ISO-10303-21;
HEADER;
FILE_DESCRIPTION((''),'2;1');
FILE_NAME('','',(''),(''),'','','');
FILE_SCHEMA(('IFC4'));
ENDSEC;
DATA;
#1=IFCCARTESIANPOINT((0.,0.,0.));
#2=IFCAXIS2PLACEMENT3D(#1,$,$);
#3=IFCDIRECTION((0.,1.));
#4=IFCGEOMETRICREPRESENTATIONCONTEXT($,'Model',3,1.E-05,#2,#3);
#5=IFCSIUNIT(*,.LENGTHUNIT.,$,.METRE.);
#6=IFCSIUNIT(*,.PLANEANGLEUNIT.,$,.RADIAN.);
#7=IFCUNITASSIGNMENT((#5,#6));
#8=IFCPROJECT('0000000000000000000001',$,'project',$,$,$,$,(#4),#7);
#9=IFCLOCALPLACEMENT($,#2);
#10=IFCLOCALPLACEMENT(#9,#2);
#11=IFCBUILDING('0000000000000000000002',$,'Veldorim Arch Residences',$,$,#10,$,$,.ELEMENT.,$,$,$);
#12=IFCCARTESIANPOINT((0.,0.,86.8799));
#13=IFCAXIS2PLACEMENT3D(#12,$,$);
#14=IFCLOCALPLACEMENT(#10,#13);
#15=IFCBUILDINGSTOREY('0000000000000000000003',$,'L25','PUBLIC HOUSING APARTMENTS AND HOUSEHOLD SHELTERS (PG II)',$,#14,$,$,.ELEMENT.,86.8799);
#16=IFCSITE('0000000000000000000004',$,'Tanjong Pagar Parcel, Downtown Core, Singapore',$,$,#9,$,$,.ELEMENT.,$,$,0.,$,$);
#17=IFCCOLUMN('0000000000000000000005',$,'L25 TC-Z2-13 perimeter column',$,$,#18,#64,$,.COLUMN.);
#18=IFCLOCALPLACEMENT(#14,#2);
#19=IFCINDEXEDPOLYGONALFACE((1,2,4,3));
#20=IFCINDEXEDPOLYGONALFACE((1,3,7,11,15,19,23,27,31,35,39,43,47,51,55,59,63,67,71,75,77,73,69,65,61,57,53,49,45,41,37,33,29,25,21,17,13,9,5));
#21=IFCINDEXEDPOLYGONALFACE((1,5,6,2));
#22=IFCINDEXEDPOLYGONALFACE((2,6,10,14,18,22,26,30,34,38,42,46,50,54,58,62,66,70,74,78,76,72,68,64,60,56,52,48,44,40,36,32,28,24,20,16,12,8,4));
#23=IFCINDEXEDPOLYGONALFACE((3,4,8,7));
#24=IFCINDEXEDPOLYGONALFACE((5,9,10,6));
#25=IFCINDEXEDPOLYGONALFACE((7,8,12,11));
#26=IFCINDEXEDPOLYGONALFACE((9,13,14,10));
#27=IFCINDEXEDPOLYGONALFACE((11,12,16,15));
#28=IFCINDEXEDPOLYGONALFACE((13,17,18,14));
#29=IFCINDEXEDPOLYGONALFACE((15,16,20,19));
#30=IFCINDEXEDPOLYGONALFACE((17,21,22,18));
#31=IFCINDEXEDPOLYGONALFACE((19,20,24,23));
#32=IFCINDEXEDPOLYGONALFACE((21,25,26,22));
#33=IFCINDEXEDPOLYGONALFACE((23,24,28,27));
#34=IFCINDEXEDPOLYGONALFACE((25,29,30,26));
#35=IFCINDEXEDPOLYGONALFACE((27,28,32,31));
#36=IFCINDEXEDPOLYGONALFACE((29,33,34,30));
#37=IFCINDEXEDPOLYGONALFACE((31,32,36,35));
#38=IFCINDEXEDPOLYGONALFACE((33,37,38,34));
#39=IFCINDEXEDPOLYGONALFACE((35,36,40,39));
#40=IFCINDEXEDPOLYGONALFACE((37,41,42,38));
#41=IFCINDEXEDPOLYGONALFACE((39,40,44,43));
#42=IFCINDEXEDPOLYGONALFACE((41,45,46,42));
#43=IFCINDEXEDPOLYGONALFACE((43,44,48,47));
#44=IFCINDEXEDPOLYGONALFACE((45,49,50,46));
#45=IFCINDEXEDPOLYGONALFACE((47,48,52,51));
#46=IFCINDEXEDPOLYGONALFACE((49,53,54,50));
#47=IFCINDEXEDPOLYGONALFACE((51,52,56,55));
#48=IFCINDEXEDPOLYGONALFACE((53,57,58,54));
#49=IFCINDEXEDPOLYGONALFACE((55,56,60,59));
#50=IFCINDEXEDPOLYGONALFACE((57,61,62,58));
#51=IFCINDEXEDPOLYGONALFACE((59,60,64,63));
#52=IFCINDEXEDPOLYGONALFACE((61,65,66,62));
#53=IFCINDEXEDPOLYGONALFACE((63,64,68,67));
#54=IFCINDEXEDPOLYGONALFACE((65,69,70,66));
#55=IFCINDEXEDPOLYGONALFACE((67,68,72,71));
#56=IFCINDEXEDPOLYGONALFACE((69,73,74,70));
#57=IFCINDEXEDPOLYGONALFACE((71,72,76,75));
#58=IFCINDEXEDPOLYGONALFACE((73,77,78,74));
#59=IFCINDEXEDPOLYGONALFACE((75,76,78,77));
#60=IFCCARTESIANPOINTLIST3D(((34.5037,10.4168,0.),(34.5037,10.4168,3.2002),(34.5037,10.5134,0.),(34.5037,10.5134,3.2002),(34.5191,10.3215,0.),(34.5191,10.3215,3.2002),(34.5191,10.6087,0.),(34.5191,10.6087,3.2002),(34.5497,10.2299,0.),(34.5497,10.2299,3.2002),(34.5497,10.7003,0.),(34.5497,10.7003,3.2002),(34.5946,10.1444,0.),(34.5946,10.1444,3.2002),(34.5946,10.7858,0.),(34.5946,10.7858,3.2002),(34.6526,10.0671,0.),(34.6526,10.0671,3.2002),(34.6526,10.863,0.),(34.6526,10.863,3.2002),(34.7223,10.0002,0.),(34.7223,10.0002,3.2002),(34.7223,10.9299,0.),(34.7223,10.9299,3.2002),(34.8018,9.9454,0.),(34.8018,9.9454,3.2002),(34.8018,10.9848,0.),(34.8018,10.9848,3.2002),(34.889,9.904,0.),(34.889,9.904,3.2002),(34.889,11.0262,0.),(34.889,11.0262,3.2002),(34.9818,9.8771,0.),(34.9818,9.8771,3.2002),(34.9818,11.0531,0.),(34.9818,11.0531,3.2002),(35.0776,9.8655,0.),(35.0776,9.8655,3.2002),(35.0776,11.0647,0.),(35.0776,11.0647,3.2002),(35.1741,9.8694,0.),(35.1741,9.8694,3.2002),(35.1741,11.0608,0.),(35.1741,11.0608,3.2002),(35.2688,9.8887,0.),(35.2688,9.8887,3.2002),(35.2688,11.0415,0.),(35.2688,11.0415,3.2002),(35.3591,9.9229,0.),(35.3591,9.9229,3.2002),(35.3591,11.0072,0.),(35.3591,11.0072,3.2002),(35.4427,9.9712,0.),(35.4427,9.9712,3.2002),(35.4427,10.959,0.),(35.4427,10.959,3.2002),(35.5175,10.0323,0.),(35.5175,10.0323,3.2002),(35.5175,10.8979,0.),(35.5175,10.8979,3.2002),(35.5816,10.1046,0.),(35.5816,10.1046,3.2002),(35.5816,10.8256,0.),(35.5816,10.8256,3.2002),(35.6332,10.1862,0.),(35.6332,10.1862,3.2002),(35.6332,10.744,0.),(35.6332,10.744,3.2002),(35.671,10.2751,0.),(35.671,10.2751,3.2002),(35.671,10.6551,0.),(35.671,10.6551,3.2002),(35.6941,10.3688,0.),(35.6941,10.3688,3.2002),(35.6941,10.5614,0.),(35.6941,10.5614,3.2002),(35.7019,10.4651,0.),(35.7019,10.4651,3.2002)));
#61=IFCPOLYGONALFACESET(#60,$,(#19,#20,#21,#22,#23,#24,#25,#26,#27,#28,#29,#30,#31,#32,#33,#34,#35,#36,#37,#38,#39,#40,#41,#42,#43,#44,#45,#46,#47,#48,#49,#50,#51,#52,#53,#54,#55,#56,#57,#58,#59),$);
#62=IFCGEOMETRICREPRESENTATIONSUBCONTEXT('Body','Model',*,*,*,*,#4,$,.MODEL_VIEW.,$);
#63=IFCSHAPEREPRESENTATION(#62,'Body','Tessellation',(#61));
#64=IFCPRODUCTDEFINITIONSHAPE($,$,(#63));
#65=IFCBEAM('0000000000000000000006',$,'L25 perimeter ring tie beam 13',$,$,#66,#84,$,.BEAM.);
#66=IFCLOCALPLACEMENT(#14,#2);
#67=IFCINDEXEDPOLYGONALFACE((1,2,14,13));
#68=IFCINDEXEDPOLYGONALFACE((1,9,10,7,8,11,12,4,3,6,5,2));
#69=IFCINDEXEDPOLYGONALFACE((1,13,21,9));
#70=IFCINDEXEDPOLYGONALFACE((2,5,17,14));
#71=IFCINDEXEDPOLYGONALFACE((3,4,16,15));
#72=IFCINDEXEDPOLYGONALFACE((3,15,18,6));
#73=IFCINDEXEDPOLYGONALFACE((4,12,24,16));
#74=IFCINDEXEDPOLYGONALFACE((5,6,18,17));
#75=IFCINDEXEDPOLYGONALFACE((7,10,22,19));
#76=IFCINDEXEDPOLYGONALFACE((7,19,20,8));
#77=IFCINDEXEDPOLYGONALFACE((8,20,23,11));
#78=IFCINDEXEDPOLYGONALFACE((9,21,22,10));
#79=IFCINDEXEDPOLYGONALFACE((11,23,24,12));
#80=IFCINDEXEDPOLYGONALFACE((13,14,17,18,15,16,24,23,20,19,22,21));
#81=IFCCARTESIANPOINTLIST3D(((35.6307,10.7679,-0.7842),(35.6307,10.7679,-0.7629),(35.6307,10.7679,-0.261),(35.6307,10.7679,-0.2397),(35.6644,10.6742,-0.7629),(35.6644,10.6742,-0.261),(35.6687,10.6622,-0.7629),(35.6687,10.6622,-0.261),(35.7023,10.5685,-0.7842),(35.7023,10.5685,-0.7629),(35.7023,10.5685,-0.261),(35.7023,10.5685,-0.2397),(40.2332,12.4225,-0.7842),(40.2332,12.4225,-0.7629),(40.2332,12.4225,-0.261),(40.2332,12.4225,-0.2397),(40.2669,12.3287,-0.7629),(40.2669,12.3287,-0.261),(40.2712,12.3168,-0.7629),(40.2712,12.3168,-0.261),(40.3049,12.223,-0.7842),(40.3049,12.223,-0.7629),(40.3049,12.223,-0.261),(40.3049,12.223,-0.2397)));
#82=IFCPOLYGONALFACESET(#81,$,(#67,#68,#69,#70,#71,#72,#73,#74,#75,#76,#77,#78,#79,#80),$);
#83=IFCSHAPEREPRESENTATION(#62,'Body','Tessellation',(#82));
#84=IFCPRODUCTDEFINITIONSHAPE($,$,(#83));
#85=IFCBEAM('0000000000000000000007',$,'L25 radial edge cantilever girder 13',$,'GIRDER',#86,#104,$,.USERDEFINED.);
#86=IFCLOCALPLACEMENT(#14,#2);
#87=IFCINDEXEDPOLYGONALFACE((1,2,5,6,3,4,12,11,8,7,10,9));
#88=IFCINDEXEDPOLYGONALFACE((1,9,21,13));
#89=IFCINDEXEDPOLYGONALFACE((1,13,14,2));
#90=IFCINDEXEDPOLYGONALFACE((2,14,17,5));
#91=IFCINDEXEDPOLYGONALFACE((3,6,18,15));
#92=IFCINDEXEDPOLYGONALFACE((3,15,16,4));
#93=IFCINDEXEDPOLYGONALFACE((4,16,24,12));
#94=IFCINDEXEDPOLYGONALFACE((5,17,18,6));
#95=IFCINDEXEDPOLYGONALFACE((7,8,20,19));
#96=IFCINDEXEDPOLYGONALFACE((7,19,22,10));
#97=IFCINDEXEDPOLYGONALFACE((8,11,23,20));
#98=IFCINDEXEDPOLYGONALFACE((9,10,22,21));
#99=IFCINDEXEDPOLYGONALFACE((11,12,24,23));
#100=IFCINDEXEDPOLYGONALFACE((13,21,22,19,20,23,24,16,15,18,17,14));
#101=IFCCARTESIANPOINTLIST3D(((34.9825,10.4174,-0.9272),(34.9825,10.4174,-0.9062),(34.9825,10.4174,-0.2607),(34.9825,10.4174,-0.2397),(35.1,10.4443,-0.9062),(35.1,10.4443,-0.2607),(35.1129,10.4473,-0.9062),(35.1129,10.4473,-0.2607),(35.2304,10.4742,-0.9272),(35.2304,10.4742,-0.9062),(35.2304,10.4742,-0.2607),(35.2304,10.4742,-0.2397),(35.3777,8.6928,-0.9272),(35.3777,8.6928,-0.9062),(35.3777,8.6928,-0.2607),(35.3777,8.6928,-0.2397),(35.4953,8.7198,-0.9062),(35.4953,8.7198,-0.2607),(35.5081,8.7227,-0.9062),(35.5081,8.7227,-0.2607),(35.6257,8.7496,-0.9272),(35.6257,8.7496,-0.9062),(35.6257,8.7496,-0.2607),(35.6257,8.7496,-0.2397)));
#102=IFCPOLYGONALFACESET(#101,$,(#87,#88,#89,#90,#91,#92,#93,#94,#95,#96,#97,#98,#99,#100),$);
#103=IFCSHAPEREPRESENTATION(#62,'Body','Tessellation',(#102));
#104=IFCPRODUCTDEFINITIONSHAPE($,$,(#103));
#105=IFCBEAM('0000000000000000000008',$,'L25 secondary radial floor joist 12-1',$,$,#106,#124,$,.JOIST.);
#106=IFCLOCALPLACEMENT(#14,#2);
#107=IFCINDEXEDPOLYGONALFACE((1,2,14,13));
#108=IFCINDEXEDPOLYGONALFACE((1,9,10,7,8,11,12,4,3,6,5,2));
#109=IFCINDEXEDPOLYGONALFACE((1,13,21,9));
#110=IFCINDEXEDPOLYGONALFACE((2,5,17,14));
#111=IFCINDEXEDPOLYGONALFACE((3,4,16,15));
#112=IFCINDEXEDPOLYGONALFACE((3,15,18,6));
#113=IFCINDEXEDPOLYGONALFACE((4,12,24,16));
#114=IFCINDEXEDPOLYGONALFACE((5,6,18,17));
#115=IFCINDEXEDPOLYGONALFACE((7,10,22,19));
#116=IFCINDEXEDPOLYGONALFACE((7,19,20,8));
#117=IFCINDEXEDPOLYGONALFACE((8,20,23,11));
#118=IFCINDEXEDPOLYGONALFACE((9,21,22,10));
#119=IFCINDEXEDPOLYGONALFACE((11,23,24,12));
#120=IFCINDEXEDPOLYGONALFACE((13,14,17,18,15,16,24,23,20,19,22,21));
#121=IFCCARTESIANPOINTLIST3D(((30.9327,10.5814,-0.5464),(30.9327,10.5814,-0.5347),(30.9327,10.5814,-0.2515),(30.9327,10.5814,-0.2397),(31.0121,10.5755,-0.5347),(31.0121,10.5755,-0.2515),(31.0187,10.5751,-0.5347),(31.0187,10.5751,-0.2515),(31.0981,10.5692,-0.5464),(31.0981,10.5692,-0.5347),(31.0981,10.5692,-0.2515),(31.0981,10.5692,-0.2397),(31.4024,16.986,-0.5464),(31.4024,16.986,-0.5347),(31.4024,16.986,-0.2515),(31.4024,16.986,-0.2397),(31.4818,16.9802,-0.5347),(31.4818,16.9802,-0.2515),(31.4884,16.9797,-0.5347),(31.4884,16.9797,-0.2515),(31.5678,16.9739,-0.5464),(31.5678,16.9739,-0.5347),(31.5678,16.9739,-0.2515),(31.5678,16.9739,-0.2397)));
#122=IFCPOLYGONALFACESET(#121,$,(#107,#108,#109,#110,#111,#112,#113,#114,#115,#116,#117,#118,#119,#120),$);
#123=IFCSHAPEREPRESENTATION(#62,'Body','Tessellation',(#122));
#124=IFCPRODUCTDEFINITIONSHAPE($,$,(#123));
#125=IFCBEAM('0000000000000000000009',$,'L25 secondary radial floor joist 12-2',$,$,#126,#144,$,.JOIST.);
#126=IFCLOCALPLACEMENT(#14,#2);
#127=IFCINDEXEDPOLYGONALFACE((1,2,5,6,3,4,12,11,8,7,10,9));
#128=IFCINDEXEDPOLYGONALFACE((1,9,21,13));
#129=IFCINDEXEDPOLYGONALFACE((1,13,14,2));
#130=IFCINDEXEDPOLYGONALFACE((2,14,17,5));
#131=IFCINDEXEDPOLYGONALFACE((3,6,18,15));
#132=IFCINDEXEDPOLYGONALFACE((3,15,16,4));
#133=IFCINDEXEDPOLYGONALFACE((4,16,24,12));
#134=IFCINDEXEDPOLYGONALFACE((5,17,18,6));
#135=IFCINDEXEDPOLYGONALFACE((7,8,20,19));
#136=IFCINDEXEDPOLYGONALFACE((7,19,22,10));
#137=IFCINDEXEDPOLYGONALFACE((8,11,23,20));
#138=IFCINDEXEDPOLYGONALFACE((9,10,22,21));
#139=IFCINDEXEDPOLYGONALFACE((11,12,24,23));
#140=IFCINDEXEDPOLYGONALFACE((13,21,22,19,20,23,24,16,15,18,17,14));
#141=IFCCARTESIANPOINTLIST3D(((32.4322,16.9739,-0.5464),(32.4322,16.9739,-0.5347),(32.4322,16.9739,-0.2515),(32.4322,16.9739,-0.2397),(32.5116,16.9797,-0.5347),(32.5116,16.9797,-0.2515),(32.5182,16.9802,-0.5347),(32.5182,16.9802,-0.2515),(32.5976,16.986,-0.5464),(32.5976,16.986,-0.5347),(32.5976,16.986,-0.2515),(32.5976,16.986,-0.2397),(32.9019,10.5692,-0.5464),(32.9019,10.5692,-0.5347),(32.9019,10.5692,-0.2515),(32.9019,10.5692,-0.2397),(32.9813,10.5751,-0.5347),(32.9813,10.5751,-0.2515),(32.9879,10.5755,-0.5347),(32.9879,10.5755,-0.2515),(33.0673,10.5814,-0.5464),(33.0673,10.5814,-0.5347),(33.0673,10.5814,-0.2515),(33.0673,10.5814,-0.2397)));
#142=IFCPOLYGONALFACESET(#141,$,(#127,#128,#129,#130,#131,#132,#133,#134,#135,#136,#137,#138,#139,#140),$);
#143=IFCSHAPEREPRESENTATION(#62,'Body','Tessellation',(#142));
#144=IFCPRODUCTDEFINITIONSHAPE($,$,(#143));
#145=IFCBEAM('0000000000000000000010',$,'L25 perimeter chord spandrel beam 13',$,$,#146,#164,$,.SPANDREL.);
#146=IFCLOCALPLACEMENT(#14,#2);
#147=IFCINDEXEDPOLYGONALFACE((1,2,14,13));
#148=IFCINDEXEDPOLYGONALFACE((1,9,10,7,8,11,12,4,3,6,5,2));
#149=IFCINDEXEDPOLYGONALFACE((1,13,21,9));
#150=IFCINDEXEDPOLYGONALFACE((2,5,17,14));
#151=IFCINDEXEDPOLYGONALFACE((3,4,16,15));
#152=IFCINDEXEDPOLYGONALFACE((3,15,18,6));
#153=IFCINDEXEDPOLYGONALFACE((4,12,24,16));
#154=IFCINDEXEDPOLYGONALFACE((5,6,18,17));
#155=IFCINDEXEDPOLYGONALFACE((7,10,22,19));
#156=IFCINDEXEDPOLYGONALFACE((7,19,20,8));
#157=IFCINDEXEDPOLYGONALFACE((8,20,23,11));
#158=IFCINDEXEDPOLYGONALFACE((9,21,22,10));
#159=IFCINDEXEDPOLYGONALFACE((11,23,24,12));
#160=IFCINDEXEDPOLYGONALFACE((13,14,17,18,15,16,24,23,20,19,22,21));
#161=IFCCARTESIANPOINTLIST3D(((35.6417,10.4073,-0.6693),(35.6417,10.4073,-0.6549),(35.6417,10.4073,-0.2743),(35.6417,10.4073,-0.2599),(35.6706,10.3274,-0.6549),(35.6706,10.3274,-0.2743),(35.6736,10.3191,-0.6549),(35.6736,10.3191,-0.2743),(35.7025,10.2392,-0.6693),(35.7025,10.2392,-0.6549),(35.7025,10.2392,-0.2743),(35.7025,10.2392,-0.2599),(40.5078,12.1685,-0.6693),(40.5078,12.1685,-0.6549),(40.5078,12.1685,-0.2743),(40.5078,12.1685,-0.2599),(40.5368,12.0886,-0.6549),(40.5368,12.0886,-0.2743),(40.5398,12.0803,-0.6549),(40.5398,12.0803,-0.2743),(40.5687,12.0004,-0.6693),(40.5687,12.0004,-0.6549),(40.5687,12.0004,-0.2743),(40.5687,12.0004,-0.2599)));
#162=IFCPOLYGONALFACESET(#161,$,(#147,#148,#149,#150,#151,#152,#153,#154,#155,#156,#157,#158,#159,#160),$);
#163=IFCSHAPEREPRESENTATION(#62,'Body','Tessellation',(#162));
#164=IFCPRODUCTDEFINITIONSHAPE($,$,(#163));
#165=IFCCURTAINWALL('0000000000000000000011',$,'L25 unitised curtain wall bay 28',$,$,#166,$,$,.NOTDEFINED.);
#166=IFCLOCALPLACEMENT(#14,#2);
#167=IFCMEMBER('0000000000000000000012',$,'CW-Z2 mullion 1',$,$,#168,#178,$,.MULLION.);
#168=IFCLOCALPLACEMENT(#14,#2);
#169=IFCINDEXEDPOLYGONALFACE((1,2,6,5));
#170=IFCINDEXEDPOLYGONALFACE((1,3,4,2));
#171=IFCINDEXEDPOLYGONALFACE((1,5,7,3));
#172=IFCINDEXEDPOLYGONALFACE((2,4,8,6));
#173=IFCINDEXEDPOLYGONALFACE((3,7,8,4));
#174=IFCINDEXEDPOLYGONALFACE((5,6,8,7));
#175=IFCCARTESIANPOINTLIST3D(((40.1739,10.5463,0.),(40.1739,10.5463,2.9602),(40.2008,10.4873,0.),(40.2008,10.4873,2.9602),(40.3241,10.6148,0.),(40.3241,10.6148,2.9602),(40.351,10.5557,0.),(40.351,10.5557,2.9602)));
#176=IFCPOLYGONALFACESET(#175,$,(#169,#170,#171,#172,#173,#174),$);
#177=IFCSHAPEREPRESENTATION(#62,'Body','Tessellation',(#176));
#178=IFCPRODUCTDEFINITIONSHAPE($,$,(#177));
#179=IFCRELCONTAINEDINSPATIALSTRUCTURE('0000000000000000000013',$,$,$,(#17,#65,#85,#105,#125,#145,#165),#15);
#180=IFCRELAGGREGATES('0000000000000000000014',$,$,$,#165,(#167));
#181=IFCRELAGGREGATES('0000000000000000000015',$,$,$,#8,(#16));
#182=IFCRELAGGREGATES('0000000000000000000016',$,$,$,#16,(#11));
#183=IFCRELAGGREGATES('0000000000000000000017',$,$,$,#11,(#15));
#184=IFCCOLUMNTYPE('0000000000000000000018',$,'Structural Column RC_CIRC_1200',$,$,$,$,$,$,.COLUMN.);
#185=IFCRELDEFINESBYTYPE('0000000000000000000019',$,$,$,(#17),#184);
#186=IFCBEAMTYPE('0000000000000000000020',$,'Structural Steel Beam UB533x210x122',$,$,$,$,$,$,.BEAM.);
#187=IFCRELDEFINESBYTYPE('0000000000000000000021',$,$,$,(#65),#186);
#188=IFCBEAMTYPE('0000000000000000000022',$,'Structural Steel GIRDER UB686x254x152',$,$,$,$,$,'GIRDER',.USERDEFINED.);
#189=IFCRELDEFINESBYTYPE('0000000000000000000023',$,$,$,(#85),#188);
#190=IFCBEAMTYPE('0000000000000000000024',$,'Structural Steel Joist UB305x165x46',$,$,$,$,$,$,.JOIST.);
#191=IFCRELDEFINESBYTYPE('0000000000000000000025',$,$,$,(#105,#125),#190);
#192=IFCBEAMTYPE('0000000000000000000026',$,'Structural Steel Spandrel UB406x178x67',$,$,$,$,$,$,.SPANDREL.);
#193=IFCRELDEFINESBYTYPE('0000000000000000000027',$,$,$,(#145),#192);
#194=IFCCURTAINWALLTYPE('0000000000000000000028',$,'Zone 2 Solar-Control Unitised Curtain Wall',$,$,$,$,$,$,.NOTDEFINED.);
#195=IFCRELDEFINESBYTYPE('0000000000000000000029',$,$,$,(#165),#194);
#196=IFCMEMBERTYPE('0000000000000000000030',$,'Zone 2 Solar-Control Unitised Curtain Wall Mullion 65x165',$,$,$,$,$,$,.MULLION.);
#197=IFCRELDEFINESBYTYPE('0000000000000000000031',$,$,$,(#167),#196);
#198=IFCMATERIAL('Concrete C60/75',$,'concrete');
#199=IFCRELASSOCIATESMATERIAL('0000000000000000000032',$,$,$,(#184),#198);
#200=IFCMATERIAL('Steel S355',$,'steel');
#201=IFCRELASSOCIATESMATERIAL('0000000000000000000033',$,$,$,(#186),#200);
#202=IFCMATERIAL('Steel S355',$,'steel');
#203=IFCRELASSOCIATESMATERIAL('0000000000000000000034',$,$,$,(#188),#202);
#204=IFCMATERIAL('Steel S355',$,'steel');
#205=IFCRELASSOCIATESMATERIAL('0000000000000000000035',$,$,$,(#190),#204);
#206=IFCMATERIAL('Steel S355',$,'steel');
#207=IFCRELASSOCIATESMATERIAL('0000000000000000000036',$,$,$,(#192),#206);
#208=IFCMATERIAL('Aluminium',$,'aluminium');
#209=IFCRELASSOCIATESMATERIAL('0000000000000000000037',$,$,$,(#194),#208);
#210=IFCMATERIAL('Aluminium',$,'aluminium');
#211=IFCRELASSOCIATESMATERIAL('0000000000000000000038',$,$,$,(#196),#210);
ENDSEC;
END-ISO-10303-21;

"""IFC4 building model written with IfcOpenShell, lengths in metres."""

from ifc_helpers import new_model, si_unit, direction, frame, origin, origin_2d, place, context, subcontext, project, spatial, rectangle, circle, i_section, extrude, material, material_profile, profile_set, type_object, element, aggregate, save


model = new_model("IFC4")

# Units and contexts
model_context = context("Model", 3, precision=1e-05, world=origin(), true_north=direction((0.0, 1.0)))
body_context = subcontext(model_context, "Body", "Model", "MODEL_VIEW")
ifc_project = project(units=[si_unit("LENGTHUNIT", "METRE"), si_unit("PLANEANGLEUNIT", "RADIAN")], contexts=[model_context])

# Site, building, storey
site_placement = place(None, origin())
site = spatial("IfcSite", under=ifc_project, at=site_placement, Name="Tanjong Pagar Parcel, Downtown Core, Singapore", CompositionType="ELEMENT", RefElevation=0.0)
building_placement = place(site_placement, origin())
building = spatial("IfcBuilding", under=site, at=building_placement, Name="Veldorim Arch Residences", CompositionType="ELEMENT")
storey_placement = place(building_placement, frame((0.0, 0.0, 86.8799)))
storey = spatial("IfcBuildingStorey", under=building, at=storey_placement, Name="L25", Description="PUBLIC HOUSING APARTMENTS AND HOUSEHOLD SHELTERS (PG II)", CompositionType="ELEMENT", Elevation=86.8799)

# Column
ifc_material_1 = material(Name="Concrete C60/75", Category="concrete")
ifc_material_profile_1 = material_profile(ifc_material_1, circle(Radius=0.6001, at=origin_2d()), Name="RC_CIRC_1200")
ifc_profile_set_1 = profile_set([ifc_material_profile_1], Name="Concrete C60/75")
column_type = type_object("IfcColumnType", Name="Structural Column RC_CIRC_1200", PredefinedType="COLUMN", material=ifc_profile_set_1)
column_placement = place(storey_placement, frame((35.1018, 10.4651, 0.0), z_axis=(0.0, 0.0, 1.0), x_axis=(1.0, 0.0, 0.0)))
element("IfcColumn", 1, at=column_placement, inside=storey, type_object=column_type, Name="L25 TC-Z2-13 perimeter column", PredefinedType="COLUMN", context=body_context, shape_type="SweptSolid", body=[
    extrude(circle(Radius=0.6001, at=origin_2d()), origin(), (0.0, 0.0, 1.0), 3.2002),
])

# Beams
ifc_material_2 = material(Name="Steel S355", Category="steel")
ifc_material_profile_2 = material_profile(ifc_material_2, i_section(OverallWidth=0.2119, OverallDepth=0.5444, WebThickness=0.0127, FlangeThickness=0.0212, at=origin_2d()), Name="UB533x210x122")
ifc_profile_set_2 = profile_set([ifc_material_profile_2], Name="Steel S355")
beam_type_1 = type_object("IfcBeamType", Name="Structural Steel Beam UB533x210x122", PredefinedType="BEAM", material=ifc_profile_set_2)
beam_1_placement = place(storey_placement, frame((35.6665, 10.6682, -0.512), z_axis=(0.941042, 0.33829, 0.0), x_axis=(-0.33829, 0.941042, 0.0)))
element("IfcBeam", 2, at=beam_1_placement, inside=storey, type_object=beam_type_1, Name="L25 perimeter ring tie beam 13", PredefinedType="BEAM", context=body_context, shape_type="SweptSolid", body=[
    extrude(i_section(OverallWidth=0.2119, OverallDepth=0.5444, WebThickness=0.0127, FlangeThickness=0.0212, at=origin_2d()), origin(), (0.0, 0.0, 1.0), 4.8909),
])
ifc_material_3 = material(Name="Steel S355", Category="steel")
ifc_material_profile_3 = material_profile(ifc_material_3, i_section(OverallWidth=0.2544, OverallDepth=0.6875, WebThickness=0.0132, FlangeThickness=0.021, at=origin_2d()), Name="UB686x254x152")
ifc_profile_set_3 = profile_set([ifc_material_profile_3], Name="Steel S355")
beam_type_2 = type_object("IfcBeamType", Name="Structural Steel GIRDER UB686x254x152", ElementType="GIRDER", PredefinedType="USERDEFINED", material=ifc_profile_set_3)
beam_2_placement = place(storey_placement, frame((35.1064, 10.4458, -0.5835), z_axis=(0.223398, -0.974727, 0.0), x_axis=(0.974727, 0.223398, 0.0)))
element("IfcBeam", 3, at=beam_2_placement, inside=storey, type_object=beam_type_2, Name="L25 radial edge cantilever girder 13", ObjectType="GIRDER", PredefinedType="USERDEFINED", context=body_context, shape_type="SweptSolid", body=[
    extrude(i_section(OverallWidth=0.2544, OverallDepth=0.6875, WebThickness=0.0132, FlangeThickness=0.021, at=origin_2d()), origin(), (0.0, 0.0, 1.0), 1.7693),
])
ifc_material_4 = material(Name="Steel S355", Category="steel")
ifc_material_profile_4 = material_profile(ifc_material_4, i_section(OverallWidth=0.1658, OverallDepth=0.3066, WebThickness=0.0066, FlangeThickness=0.0117, at=origin_2d()), Name="UB305x165x46")
ifc_profile_set_4 = profile_set([ifc_material_profile_4], Name="Steel S355")
beam_type_3 = type_object("IfcBeamType", Name="Structural Steel Joist UB305x165x46", PredefinedType="JOIST", material=ifc_profile_set_4)
for number, where, z_axis, x_axis, name in (
    (4, (31.4851, 16.98, -0.3931), (-0.073143, -0.997321, 0.0), (0.997321, -0.073143, 0.0), "L25 secondary radial floor joist 12-1"),
    (5, (32.5149, 16.98, -0.3931), (0.073143, -0.997321, 0.0), (0.997321, 0.073143, 0.0), "L25 secondary radial floor joist 12-2"),
):
    element("IfcBeam", number, at=place(storey_placement, frame(where, z_axis=z_axis, x_axis=x_axis)), inside=storey, type_object=beam_type_3, Name=name, PredefinedType="JOIST", context=body_context, shape_type="SweptSolid", body=[
        extrude(i_section(OverallWidth=0.1658, OverallDepth=0.3066, WebThickness=0.0066, FlangeThickness=0.0117, at=origin_2d()), origin(), (0.0, 0.0, 1.0), 6.4219),
    ])
ifc_material_5 = material(Name="Steel S355", Category="steel")
ifc_material_profile_5 = material_profile(ifc_material_5, i_section(OverallWidth=0.1787, OverallDepth=0.4094, WebThickness=0.0088, FlangeThickness=0.0144, at=origin_2d()), Name="UB406x178x67")
ifc_profile_set_5 = profile_set([ifc_material_profile_5], Name="Steel S355")
beam_type_4 = type_object("IfcBeamType", Name="Structural Steel Spandrel UB406x178x67", PredefinedType="SPANDREL", material=ifc_profile_set_5)
beam_3_placement = place(storey_placement, frame((35.6721, 10.3232, -0.4646), z_axis=(0.940308, 0.340326, 0.0), x_axis=(-0.340326, 0.940308, 0.0)))
element("IfcBeam", 6, at=beam_3_placement, inside=storey, type_object=beam_type_4, Name="L25 perimeter chord spandrel beam 13", PredefinedType="SPANDREL", context=body_context, shape_type="SweptSolid", body=[
    extrude(i_section(OverallWidth=0.1787, OverallDepth=0.4094, WebThickness=0.0088, FlangeThickness=0.0144, at=origin_2d()), origin(), (0.0, 0.0, 1.0), 5.175),
])

# Curtain wall, member
ifc_material_6 = material(Name="Aluminium", Category="aluminium")
curtain_wall_type = type_object("IfcCurtainWallType", Name="Zone 2 Solar-Control Unitised Curtain Wall", PredefinedType="NOTDEFINED", material=ifc_material_6)
curtain_wall_placement = place(storey_placement, origin())
curtain_wall = element("IfcCurtainWall", 7, at=curtain_wall_placement, inside=storey, type_object=curtain_wall_type, Name="L25 unitised curtain wall bay 28", PredefinedType="NOTDEFINED")
ifc_material_7 = material(Name="Aluminium", Category="aluminium")
ifc_material_profile_6 = material_profile(ifc_material_7, rectangle(XDim=0.0649, YDim=0.165, at=origin_2d()), Name="ALU_MUL_65x165")
ifc_profile_set_6 = profile_set([ifc_material_profile_6], Name="Aluminium")
member_type_1 = type_object("IfcMemberType", Name="Zone 2 Solar-Control Unitised Curtain Wall Mullion 65x165", PredefinedType="MULLION", material=ifc_profile_set_6)
member_1_placement = place(storey_placement, frame((40.2625, 10.551, 0.0), z_axis=(0.0, 0.0, 1.0), x_axis=(0.414742, -0.909939, 0.0)))
member_1 = element("IfcMember", 8, at=member_1_placement, type_object=member_type_1, Name="CW-Z2 mullion 1", PredefinedType="MULLION", context=body_context, shape_type="SweptSolid", body=[
    extrude(rectangle(XDim=0.0649, YDim=0.165, at=origin_2d()), origin(), (0.0, 0.0, 1.0), 2.9602),
])
aggregate(curtain_wall, [member_1])

save(model, "model.ifc")
